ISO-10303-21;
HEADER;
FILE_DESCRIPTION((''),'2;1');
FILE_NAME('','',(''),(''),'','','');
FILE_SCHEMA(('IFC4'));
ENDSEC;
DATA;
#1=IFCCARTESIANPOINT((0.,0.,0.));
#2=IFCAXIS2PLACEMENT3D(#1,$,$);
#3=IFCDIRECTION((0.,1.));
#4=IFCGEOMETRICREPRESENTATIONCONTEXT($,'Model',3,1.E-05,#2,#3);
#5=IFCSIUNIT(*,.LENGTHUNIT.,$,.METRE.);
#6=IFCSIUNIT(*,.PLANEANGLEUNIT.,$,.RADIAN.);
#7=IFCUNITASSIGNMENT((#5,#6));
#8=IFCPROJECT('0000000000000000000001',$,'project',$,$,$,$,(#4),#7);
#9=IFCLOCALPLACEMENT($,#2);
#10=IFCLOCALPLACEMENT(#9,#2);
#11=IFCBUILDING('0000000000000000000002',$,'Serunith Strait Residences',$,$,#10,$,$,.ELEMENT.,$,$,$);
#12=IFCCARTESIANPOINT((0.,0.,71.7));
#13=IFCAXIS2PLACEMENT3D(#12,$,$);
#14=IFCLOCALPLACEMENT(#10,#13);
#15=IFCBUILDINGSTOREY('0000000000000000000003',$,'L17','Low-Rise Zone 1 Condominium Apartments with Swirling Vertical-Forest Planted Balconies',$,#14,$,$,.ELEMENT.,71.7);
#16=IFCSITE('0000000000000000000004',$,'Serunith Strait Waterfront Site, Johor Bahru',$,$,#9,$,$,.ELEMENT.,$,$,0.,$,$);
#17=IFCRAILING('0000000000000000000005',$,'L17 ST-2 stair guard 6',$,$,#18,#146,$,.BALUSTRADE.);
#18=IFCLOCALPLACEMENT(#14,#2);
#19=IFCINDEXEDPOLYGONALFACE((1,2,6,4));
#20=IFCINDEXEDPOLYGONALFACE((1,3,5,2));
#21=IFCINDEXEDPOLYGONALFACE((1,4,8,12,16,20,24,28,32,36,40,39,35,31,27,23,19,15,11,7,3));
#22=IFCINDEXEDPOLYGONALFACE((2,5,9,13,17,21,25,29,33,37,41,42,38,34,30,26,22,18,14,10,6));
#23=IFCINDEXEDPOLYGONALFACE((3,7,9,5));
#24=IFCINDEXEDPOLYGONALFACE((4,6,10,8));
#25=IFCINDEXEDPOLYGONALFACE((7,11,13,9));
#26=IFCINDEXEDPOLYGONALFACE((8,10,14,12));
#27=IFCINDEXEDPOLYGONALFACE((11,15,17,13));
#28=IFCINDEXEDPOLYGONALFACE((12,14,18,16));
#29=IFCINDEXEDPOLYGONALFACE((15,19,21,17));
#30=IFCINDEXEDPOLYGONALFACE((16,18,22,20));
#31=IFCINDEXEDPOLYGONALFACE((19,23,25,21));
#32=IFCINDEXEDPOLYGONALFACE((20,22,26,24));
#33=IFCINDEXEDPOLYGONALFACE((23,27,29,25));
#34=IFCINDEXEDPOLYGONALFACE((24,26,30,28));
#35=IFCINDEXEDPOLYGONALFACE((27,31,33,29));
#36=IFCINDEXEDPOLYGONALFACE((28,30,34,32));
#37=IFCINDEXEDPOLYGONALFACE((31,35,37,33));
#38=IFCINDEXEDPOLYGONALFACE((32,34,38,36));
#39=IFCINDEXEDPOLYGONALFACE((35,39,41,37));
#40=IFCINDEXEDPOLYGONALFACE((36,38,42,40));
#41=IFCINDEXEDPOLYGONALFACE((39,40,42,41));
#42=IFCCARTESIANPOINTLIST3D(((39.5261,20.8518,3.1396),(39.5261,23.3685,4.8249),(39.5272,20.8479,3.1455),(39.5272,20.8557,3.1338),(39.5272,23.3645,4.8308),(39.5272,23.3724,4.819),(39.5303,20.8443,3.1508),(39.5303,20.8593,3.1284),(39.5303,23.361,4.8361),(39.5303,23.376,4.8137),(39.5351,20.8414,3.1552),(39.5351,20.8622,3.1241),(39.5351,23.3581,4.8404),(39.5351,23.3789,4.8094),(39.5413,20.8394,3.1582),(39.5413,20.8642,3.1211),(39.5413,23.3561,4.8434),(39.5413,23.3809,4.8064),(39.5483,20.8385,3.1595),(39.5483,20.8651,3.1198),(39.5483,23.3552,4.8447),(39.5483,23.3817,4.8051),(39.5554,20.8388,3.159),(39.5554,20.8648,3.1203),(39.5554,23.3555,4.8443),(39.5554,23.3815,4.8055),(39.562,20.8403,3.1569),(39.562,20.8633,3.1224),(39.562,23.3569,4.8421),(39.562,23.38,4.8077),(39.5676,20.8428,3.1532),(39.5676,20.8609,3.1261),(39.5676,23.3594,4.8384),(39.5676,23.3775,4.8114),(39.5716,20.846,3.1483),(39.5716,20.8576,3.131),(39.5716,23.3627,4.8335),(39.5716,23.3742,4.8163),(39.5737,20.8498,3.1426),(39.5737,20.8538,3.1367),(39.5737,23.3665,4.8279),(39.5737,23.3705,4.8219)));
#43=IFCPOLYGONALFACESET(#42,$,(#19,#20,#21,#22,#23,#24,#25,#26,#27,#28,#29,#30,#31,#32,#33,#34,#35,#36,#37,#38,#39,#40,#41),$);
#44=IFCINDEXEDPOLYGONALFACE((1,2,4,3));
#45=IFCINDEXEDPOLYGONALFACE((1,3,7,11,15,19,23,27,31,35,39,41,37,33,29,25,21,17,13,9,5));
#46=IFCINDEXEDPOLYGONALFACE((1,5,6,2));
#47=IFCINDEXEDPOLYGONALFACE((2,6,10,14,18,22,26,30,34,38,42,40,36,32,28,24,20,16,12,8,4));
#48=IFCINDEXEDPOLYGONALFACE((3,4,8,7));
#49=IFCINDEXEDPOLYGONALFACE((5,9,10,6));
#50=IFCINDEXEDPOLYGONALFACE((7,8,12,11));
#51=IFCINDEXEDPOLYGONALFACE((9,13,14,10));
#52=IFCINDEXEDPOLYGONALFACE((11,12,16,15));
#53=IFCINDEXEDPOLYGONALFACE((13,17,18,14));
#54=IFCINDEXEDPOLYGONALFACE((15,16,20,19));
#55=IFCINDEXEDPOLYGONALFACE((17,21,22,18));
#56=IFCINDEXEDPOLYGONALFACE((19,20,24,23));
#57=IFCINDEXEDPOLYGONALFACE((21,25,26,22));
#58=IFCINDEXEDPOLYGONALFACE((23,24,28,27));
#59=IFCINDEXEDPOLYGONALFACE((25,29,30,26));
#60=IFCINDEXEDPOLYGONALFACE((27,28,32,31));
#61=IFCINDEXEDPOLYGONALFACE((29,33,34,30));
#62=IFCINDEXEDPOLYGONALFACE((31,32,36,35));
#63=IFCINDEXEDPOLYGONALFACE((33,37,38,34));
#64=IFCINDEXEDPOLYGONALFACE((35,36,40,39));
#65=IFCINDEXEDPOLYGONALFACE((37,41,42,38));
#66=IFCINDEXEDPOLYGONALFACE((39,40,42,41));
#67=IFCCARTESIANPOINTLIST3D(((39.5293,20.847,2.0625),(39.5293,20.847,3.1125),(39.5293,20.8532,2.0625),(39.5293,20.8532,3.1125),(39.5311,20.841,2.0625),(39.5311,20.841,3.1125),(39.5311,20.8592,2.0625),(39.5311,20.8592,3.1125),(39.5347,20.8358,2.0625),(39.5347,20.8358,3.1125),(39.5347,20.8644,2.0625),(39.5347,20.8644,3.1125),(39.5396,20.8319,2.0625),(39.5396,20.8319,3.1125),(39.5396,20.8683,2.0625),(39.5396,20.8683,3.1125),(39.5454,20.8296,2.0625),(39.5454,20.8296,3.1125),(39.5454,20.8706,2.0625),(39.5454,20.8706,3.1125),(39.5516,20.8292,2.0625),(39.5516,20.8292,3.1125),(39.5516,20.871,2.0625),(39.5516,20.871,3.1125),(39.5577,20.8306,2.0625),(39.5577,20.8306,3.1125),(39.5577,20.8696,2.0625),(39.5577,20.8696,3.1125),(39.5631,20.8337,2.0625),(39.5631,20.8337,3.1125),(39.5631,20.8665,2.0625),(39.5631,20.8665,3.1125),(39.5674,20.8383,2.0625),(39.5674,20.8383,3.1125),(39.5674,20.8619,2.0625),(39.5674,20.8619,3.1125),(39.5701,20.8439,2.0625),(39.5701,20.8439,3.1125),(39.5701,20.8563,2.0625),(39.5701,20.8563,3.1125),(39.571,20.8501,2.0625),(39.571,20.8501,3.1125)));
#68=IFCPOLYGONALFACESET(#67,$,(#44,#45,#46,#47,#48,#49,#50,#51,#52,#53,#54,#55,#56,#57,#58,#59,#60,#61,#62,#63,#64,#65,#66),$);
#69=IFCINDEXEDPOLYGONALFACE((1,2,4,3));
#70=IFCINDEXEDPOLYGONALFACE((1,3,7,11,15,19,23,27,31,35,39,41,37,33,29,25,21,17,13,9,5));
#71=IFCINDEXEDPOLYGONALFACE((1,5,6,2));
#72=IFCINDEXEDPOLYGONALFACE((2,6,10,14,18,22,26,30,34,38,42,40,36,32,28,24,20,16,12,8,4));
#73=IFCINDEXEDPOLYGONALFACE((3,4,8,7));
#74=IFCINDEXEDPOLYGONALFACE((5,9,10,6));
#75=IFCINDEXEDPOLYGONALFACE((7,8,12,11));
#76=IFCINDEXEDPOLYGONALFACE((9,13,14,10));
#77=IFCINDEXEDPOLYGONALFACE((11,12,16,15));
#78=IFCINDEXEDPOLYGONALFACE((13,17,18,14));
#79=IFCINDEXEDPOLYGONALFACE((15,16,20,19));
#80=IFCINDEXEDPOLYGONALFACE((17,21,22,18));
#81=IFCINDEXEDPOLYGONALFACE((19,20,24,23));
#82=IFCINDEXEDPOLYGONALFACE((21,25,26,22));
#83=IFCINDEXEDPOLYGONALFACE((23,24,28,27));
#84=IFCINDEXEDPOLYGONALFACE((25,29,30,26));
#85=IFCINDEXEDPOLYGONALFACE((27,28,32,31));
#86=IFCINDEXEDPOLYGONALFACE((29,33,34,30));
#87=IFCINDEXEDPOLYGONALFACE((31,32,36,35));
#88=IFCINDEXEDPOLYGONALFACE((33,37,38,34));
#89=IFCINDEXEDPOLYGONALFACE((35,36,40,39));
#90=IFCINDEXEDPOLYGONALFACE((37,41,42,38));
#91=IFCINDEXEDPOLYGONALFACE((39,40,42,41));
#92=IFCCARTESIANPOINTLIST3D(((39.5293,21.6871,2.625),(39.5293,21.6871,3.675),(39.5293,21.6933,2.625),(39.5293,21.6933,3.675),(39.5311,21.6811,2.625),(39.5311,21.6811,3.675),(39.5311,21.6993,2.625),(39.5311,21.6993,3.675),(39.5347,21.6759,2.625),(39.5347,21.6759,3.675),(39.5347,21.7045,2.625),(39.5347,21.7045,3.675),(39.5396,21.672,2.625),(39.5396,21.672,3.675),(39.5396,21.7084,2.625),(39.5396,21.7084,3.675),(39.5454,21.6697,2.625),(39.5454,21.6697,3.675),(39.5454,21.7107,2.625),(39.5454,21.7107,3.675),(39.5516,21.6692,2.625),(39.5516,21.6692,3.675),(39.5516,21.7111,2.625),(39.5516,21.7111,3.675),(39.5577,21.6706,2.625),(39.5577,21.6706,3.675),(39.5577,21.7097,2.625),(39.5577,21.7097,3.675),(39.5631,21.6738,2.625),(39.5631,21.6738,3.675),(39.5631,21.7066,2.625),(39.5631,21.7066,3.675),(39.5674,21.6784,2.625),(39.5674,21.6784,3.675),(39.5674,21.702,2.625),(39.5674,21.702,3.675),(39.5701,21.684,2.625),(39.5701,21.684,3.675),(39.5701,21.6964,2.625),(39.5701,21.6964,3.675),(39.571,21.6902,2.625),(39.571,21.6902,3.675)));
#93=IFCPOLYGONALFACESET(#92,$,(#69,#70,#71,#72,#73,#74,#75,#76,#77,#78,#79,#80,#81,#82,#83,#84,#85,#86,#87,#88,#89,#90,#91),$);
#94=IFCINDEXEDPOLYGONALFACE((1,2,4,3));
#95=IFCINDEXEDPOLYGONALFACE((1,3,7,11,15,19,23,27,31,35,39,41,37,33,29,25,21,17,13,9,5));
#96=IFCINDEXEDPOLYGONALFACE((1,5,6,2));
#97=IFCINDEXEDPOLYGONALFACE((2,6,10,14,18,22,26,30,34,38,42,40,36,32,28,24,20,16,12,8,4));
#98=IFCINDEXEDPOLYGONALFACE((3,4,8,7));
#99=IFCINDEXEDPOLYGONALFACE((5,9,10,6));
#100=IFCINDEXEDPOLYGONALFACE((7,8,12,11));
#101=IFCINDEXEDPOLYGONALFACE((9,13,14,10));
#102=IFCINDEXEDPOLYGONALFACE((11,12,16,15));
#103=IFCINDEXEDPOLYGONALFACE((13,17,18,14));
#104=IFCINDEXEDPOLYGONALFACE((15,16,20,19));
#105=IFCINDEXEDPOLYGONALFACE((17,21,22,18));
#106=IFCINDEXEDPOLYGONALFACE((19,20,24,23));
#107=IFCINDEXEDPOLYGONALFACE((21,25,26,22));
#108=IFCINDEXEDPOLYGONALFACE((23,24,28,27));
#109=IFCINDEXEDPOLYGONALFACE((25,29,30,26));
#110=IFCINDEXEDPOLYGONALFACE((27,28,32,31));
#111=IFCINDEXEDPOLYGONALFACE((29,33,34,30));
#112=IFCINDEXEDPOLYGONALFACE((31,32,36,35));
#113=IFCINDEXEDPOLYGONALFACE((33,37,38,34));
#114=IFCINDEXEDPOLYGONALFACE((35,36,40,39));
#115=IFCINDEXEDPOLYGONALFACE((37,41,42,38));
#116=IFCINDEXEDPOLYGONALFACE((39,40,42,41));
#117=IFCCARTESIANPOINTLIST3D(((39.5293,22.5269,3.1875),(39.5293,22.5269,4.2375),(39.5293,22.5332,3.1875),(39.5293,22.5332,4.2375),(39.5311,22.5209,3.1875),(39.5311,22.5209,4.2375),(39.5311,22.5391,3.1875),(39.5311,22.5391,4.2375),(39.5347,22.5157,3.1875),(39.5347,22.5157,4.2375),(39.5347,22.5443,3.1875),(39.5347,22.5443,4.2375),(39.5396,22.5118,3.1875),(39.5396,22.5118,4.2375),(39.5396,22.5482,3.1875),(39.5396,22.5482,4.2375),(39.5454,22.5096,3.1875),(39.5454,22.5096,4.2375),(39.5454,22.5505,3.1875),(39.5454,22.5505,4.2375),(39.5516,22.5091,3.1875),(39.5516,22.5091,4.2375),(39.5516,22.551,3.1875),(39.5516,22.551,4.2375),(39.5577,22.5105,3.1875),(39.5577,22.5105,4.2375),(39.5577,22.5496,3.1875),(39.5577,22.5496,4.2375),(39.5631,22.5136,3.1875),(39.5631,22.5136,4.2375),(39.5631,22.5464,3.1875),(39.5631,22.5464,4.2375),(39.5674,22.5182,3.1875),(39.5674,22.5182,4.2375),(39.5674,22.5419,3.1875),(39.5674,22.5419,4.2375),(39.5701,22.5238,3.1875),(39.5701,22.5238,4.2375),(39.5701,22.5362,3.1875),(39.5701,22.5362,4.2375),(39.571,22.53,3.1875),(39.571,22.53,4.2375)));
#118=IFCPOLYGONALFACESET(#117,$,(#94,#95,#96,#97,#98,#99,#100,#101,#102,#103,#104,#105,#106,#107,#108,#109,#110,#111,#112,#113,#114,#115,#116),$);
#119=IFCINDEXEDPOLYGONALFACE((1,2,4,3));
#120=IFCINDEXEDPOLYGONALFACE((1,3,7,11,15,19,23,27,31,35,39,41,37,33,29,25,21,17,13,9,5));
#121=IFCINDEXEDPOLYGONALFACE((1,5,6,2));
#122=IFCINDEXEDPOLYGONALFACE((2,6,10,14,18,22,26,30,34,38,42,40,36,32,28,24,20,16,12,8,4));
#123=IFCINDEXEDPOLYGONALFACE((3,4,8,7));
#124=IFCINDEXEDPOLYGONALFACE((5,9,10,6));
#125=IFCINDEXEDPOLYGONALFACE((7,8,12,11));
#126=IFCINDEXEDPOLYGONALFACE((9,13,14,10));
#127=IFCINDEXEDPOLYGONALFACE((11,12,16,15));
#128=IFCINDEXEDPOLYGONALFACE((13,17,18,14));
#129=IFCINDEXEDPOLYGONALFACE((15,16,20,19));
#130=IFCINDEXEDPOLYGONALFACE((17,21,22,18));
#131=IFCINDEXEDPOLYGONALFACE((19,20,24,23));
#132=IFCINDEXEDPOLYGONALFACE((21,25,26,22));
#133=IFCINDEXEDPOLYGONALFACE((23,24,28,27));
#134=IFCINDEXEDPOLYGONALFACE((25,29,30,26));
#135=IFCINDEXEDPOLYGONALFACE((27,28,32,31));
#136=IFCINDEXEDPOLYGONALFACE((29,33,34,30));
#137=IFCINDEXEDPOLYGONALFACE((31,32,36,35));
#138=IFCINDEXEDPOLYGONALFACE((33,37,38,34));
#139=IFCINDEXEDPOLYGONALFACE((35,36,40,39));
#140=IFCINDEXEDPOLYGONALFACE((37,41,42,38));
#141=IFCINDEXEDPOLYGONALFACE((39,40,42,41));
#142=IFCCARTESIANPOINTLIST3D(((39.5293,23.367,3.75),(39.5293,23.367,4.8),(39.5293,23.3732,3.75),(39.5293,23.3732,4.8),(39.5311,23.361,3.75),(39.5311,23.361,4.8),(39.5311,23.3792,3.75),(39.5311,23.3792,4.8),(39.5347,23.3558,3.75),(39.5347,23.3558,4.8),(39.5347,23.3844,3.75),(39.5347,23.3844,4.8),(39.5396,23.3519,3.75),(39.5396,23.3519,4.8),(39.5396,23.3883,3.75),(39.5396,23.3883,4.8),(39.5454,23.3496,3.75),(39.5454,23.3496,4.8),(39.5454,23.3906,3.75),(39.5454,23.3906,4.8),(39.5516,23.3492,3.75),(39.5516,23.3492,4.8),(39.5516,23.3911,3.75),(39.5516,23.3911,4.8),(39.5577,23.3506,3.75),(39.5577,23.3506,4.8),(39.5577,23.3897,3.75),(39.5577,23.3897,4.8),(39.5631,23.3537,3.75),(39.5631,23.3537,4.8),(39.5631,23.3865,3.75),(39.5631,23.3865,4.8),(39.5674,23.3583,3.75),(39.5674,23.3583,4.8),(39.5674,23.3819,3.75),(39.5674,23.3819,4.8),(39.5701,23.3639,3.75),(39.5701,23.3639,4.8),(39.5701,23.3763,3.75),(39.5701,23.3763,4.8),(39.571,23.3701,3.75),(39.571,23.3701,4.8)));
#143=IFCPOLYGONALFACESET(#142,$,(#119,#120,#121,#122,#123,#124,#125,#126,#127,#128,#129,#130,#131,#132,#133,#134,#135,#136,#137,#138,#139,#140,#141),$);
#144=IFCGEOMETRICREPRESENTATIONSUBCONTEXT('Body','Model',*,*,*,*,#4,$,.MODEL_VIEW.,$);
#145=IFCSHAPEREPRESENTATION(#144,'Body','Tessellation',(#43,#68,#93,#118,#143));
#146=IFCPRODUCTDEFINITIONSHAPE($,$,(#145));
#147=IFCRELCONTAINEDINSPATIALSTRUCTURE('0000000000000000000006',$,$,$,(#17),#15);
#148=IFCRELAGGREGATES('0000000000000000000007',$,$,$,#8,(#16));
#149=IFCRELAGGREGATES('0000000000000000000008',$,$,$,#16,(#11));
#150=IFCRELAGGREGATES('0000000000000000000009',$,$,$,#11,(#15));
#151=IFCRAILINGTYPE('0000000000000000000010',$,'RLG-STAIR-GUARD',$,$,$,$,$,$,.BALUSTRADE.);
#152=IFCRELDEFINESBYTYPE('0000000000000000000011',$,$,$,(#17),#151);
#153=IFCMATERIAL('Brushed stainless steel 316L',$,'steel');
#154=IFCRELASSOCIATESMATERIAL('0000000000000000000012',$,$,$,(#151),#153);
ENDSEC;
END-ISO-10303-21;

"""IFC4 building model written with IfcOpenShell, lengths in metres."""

from ifc_helpers import new_model, si_unit, direction, frame, origin, origin_2d, place, context, subcontext, project, spatial, circle, extrude, material, type_object, element, save


model = new_model("IFC4")

# Units and contexts
model_context = context("Model", 3, precision=1e-05, world=origin(), true_north=direction((0.0, 1.0)))
body_context = subcontext(model_context, "Body", "Model", "MODEL_VIEW")
ifc_project = project(units=[si_unit("LENGTHUNIT", "METRE"), si_unit("PLANEANGLEUNIT", "RADIAN")], contexts=[model_context])

# Site, building, storey
site_placement = place(None, origin())
site = spatial("IfcSite", under=ifc_project, at=site_placement, Name="Serunith Strait Waterfront Site, Johor Bahru", CompositionType="ELEMENT", RefElevation=0.0)
building_placement = place(site_placement, origin())
building = spatial("IfcBuilding", under=site, at=building_placement, Name="Serunith Strait Residences", CompositionType="ELEMENT")
storey_placement = place(building_placement, frame((0.0, 0.0, 71.7)))
storey = spatial("IfcBuildingStorey", under=building, at=storey_placement, Name="L17", Description="Low-Rise Zone 1 Condominium Apartments with Swirling Vertical-Forest Planted Balconies", CompositionType="ELEMENT", Elevation=71.7)

# Railing
ifc_material_1 = material(Name="Brushed stainless steel 316L", Category="steel")
railing_type_1 = type_object("IfcRailingType", Name="RLG-STAIR-GUARD", PredefinedType="BALUSTRADE", material=ifc_material_1)
railing_1_placement = place(storey_placement, frame((39.55, 20.8501, 2.0625)))
element("IfcRailing", 1, at=railing_1_placement, inside=storey, type_object=railing_type_1, Name="L17 ST-2 stair guard 6", PredefinedType="BALUSTRADE", context=body_context, shape_type="SweptSolid", body=[
    extrude(circle(Radius=0.0239, at=origin_2d()), frame((0.0, 0.0017, 1.0771), z_axis=(0.0, 0.830909, 0.556408), x_axis=(-1.0, 0.0, 0.0)), (0.0, 0.0, 1.0), 3.0288),
    extrude(circle(Radius=0.021, at=origin_2d()), origin(), (0.0, 0.0, 1.0), 1.05),
    extrude(circle(Radius=0.021, at=origin_2d()), frame((0.0, 0.8401, 0.5625)), (0.0, 0.0, 1.0), 1.05),
    extrude(circle(Radius=0.021, at=origin_2d()), frame((0.0, 1.6799, 1.125)), (0.0, 0.0, 1.0), 1.05),
    extrude(circle(Radius=0.021, at=origin_2d()), frame((0.0, 2.52, 1.6875)), (0.0, 0.0, 1.0), 1.05),
])

save(model, "model.ifc")
